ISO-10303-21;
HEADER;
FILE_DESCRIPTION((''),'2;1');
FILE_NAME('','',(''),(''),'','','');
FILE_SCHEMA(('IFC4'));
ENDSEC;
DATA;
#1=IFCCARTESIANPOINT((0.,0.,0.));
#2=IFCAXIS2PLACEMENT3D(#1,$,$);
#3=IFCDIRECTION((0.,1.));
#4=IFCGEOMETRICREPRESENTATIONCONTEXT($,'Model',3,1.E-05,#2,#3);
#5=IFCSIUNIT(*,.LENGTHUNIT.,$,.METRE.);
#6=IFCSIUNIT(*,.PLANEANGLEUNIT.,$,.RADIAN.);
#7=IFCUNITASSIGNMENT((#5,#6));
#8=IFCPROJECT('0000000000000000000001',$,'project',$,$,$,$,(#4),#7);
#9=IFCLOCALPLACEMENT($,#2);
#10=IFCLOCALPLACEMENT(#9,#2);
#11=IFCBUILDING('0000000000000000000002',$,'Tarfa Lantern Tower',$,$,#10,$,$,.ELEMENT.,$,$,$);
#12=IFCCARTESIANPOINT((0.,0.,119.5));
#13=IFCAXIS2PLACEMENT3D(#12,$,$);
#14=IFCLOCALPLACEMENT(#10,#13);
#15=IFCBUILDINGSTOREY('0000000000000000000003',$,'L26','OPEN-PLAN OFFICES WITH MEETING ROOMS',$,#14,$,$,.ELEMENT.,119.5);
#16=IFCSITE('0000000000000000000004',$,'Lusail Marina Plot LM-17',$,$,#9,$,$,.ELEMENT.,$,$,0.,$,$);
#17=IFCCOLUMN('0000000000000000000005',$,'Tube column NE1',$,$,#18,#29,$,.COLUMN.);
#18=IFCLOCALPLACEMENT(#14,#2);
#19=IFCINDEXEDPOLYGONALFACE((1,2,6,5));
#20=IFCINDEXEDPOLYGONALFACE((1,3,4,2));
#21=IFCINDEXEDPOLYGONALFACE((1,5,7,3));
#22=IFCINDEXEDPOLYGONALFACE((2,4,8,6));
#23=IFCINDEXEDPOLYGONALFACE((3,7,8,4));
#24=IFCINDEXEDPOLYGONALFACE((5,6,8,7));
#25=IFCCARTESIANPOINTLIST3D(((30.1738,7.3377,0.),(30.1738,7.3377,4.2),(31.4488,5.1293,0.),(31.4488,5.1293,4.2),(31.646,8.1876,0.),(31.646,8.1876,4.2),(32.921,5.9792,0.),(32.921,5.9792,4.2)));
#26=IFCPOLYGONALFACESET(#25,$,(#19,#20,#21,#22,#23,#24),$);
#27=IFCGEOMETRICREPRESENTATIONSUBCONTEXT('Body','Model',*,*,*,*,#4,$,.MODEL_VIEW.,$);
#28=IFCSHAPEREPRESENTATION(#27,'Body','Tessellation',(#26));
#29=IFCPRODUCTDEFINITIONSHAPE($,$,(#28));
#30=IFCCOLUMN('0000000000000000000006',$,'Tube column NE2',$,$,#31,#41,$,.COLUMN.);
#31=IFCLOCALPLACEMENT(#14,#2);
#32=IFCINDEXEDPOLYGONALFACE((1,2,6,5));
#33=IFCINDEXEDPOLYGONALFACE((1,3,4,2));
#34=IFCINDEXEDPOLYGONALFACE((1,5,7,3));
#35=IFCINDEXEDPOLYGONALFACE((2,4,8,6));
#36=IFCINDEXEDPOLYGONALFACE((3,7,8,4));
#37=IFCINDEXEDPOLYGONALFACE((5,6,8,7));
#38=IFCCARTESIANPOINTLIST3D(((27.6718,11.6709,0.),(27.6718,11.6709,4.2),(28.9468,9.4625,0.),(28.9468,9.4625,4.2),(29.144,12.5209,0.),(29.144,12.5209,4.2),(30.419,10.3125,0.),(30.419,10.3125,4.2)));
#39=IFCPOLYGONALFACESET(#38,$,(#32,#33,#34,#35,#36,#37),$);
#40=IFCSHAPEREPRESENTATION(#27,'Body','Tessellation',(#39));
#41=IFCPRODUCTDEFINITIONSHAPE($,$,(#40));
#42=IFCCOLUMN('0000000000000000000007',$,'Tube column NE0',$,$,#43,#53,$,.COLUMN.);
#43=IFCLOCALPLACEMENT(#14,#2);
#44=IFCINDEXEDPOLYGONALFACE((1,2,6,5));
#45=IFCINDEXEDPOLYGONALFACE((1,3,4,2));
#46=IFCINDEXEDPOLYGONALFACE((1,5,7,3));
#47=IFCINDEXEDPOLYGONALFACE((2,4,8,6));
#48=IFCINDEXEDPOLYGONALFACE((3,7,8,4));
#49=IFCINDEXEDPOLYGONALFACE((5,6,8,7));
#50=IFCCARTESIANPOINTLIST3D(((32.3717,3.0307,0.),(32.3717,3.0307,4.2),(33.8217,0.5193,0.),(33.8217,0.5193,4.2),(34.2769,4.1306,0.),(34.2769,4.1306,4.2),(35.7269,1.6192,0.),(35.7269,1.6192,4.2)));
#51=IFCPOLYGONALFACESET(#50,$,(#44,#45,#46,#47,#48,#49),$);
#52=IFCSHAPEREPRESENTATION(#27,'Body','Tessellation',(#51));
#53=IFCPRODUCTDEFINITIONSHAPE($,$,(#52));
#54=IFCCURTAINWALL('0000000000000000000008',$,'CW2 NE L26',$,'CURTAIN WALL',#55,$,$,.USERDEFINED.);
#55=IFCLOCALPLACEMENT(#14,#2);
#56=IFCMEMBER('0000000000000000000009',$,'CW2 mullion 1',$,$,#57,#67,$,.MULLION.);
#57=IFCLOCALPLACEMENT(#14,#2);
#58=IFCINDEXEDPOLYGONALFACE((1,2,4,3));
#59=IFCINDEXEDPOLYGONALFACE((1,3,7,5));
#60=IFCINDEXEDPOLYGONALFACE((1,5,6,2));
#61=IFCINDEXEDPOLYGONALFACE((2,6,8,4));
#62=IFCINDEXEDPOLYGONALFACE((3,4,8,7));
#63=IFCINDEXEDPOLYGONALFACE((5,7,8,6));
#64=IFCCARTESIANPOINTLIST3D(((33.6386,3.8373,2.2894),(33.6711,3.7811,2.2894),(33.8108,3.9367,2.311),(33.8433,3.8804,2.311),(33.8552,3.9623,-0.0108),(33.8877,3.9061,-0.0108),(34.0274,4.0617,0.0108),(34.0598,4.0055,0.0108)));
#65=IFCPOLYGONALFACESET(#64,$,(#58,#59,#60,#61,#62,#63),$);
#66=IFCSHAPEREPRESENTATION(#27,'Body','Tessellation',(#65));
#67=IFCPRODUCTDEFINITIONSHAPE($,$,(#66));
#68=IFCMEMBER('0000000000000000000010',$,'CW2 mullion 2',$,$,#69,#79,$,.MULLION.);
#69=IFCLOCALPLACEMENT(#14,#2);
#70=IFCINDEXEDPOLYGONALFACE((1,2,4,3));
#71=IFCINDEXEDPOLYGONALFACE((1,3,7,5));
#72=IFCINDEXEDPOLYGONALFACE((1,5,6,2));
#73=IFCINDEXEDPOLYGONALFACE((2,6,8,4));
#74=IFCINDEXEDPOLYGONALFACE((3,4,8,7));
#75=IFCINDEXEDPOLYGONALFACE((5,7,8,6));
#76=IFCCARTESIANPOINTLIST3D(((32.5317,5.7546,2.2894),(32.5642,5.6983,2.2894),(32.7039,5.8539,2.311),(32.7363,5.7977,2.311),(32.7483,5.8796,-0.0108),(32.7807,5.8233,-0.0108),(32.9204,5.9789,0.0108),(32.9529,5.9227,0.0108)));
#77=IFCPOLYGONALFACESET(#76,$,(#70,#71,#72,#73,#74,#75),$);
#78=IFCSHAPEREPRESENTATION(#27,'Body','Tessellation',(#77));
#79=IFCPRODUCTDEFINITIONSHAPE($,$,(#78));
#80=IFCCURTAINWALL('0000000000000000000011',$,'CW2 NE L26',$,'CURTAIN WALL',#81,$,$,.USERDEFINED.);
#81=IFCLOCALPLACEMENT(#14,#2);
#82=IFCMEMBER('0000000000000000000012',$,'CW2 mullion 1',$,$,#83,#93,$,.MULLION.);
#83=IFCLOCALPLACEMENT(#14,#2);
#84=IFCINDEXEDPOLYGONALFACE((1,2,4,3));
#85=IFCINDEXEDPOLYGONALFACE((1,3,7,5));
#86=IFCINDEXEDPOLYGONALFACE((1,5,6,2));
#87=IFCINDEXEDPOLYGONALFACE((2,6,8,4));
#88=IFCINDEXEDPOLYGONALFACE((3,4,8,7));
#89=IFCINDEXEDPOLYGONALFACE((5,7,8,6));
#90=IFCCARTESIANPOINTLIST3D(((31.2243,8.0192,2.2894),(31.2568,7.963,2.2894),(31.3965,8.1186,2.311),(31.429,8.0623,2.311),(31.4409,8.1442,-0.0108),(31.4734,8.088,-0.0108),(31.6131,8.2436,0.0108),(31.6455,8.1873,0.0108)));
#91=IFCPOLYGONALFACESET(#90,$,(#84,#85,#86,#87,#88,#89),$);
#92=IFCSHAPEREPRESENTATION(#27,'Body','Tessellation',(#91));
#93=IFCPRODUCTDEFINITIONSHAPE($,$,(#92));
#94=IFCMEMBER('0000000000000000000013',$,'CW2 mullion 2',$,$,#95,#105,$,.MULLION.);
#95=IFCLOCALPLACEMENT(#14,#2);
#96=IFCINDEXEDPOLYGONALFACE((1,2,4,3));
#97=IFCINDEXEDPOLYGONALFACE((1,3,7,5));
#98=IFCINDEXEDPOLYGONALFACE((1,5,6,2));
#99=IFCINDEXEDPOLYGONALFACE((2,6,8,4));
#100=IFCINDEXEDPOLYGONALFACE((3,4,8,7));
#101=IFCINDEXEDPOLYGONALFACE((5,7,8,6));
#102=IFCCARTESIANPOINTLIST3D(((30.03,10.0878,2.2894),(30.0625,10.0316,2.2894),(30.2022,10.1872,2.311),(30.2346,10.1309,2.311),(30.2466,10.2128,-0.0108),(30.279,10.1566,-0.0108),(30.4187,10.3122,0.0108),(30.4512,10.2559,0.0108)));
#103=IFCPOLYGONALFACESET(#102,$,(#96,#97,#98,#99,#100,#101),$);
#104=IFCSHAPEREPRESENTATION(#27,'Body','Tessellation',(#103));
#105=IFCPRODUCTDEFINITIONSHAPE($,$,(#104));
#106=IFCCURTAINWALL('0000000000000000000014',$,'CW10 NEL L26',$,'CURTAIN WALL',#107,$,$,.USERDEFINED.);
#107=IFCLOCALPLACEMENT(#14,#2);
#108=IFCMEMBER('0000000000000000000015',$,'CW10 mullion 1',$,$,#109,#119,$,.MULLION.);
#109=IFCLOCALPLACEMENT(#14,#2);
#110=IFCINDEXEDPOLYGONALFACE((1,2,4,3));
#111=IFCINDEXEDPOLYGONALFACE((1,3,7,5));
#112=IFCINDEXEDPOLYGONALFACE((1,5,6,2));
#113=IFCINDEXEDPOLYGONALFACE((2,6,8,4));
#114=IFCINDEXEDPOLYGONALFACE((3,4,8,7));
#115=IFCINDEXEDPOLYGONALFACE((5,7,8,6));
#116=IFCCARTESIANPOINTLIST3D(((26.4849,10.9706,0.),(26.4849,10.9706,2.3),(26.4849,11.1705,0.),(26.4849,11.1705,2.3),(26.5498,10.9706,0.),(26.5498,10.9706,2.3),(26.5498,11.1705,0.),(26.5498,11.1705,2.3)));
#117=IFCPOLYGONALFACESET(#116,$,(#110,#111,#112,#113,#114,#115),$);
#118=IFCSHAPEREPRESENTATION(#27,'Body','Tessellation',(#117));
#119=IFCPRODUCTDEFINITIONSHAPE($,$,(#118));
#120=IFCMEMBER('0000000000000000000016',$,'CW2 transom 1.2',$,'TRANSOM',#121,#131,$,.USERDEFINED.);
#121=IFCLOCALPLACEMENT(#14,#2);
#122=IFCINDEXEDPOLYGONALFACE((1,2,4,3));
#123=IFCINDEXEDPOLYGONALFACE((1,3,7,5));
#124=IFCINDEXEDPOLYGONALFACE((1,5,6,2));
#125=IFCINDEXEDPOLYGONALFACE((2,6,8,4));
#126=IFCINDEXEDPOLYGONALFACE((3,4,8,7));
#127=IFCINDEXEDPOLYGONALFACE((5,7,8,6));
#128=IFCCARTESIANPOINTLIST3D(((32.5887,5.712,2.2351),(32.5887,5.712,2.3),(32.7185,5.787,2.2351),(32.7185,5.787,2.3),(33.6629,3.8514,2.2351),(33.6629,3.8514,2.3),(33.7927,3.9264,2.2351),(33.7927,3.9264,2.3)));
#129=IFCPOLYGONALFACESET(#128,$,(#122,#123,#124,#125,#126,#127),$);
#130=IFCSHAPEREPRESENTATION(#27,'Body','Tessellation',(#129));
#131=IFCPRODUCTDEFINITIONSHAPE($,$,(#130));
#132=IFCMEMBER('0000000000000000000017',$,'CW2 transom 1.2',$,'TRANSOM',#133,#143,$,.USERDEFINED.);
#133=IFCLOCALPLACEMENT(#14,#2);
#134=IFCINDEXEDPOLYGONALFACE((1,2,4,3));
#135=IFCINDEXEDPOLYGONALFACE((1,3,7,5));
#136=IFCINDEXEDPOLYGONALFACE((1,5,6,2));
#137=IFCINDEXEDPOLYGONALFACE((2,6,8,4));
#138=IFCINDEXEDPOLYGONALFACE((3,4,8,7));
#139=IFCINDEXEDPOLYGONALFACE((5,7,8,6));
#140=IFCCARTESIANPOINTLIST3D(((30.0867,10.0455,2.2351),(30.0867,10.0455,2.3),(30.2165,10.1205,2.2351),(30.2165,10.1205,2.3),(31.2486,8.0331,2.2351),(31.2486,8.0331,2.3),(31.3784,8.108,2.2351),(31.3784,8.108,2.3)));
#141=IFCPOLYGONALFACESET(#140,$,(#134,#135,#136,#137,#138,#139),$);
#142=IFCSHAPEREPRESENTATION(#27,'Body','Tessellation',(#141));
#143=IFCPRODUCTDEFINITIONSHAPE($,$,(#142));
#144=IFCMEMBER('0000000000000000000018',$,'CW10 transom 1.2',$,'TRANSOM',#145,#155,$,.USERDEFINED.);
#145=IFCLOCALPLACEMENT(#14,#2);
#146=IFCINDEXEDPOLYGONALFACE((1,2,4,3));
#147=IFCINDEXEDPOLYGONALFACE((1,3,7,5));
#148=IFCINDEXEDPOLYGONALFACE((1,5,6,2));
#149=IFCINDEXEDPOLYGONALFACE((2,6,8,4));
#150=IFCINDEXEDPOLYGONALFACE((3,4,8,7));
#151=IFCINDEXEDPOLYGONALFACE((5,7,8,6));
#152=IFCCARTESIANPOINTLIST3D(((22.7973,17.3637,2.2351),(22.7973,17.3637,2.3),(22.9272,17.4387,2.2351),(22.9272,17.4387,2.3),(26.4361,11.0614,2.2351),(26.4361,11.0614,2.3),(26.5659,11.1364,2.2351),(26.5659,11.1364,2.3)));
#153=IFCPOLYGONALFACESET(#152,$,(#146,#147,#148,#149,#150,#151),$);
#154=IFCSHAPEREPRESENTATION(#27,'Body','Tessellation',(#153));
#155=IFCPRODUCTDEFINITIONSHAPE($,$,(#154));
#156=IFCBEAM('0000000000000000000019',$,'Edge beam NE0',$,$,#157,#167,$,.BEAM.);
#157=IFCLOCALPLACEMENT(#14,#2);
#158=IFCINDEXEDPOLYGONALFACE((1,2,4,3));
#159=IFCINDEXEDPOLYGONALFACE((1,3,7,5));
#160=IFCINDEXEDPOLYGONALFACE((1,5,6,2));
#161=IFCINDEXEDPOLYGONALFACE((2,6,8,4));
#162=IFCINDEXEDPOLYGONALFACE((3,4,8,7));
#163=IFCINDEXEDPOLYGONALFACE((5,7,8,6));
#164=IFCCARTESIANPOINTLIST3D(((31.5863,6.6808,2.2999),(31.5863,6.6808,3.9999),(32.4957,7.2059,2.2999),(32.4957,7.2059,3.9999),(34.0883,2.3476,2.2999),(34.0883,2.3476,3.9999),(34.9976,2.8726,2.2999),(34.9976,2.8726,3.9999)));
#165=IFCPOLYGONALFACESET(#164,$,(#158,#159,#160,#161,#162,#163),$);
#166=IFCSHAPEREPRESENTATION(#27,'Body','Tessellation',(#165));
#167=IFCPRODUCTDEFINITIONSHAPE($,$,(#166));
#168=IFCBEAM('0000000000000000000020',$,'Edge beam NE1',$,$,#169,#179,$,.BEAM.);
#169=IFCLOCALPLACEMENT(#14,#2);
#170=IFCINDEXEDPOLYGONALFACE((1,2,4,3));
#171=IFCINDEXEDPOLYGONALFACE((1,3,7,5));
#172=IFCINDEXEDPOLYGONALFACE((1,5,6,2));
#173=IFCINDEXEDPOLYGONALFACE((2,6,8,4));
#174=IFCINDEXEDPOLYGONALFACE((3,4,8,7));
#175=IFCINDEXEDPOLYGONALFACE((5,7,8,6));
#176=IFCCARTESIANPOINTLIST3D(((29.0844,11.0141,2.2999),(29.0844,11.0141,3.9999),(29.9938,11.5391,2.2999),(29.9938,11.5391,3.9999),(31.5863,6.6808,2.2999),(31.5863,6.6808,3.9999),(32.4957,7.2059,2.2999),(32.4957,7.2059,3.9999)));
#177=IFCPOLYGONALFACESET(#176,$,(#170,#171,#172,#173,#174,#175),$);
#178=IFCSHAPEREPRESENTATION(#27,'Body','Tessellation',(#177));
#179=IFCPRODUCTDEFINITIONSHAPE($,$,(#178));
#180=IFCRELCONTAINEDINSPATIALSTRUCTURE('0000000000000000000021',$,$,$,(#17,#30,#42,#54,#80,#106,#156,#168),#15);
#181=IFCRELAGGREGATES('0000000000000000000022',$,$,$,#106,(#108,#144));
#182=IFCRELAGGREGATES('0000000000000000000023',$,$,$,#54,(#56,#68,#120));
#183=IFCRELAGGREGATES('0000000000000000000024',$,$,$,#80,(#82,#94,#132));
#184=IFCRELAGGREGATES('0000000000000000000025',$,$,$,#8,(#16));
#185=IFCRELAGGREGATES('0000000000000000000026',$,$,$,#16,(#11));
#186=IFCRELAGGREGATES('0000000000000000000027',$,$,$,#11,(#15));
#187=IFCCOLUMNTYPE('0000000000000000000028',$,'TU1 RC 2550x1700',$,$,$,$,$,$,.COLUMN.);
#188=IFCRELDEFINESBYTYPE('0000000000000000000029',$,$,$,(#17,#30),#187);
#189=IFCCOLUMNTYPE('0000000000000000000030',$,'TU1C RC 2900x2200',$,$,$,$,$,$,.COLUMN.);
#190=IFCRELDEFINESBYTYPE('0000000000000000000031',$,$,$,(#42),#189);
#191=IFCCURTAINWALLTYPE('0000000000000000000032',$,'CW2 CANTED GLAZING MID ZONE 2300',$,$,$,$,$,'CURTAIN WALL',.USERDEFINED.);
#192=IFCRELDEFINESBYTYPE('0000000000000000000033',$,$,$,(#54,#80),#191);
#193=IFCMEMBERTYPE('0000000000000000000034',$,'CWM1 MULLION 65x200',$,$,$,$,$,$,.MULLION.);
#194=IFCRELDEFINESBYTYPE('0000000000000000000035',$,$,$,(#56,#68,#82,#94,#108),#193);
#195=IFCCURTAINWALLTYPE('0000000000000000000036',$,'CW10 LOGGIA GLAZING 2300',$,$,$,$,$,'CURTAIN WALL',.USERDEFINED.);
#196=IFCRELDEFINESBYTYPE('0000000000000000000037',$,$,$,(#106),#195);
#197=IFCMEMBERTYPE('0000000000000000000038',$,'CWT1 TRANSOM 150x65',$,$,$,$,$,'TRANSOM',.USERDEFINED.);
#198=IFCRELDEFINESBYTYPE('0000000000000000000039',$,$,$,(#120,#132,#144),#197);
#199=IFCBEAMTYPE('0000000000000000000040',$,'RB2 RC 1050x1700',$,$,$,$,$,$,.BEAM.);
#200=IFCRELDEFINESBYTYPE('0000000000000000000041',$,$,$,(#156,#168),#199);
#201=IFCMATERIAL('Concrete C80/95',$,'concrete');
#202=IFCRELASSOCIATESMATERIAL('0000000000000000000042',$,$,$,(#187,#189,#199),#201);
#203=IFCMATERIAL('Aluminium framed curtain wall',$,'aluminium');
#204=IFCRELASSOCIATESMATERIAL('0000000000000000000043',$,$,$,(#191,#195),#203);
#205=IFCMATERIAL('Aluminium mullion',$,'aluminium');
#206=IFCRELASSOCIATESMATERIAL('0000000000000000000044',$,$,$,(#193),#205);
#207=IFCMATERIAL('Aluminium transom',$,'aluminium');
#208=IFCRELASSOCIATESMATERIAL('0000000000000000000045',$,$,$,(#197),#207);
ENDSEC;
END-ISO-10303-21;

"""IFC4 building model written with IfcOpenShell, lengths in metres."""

from ifc_helpers import new_model, si_unit, direction, frame, origin, origin_2d, place, context, subcontext, project, spatial, rectangle, extrude, material, material_profile, profile_set, type_object, element, aggregate, save


model = new_model("IFC4")

# Units and contexts
model_context = context("Model", 3, precision=1e-05, world=origin(), true_north=direction((0.0, 1.0)))
body_context = subcontext(model_context, "Body", "Model", "MODEL_VIEW")
ifc_project = project(units=[si_unit("LENGTHUNIT", "METRE"), si_unit("PLANEANGLEUNIT", "RADIAN")], contexts=[model_context])

# Site, building, storey
site_placement = place(None, origin())
site = spatial("IfcSite", under=ifc_project, at=site_placement, Name="Lusail Marina Plot LM-17", CompositionType="ELEMENT", RefElevation=0.0)
building_placement = place(site_placement, origin())
building = spatial("IfcBuilding", under=site, at=building_placement, Name="Tarfa Lantern Tower", CompositionType="ELEMENT")
storey_placement = place(building_placement, frame((0.0, 0.0, 119.5)))
storey = spatial("IfcBuildingStorey", under=building, at=storey_placement, Name="L26", Description="OPEN-PLAN OFFICES WITH MEETING ROOMS", CompositionType="ELEMENT", Elevation=119.5)

# Columns
ifc_material_1 = material(Name="Concrete C80/95", Category="concrete")
ifc_material_profile_1 = material_profile(ifc_material_1, rectangle(XDim=2.55, YDim=1.7, at=origin_2d()), Name="RC 2550x1700")
ifc_profile_set_1 = profile_set([ifc_material_profile_1], Name="Concrete C80/95")
column_type_1 = type_object("IfcColumnType", Name="TU1 RC 2550x1700", PredefinedType="COLUMN", material=ifc_profile_set_1)
for number, where, z_axis, x_axis, name in (
    (1, (31.5474, 6.6584, 0.0), (0.0, 0.0, 1.0), (-0.5, 0.866025, 0.0), "Tube column NE1"),
    (2, (29.0454, 10.9917, 0.0), (0.0, 0.0, 1.0), (-0.5, 0.866025, 0.0), "Tube column NE2"),
):
    element("IfcColumn", number, at=place(storey_placement, frame(where, z_axis=z_axis, x_axis=x_axis)), inside=storey, type_object=column_type_1, Name=name, PredefinedType="COLUMN", context=body_context, shape_type="SweptSolid", body=[
        extrude(rectangle(XDim=2.55, YDim=1.7, at=origin_2d()), origin(), (0.0, 0.0, 1.0), 4.2),
    ])
ifc_material_profile_2 = material_profile(ifc_material_1, rectangle(XDim=2.8999, YDim=2.2, at=origin_2d()), Name="RC 2900x2200")
ifc_profile_set_2 = profile_set([ifc_material_profile_2], Name="Concrete C80/95")
column_type_2 = type_object("IfcColumnType", Name="TU1C RC 2900x2200", PredefinedType="COLUMN", material=ifc_profile_set_2)
column_placement = place(storey_placement, frame((34.0493, 2.325, 0.0), z_axis=(0.0, 0.0, 1.0), x_axis=(-0.5, 0.866025, 0.0)))
element("IfcColumn", 3, at=column_placement, inside=storey, type_object=column_type_2, Name="Tube column NE0", PredefinedType="COLUMN", context=body_context, shape_type="SweptSolid", body=[
    extrude(rectangle(XDim=2.8999, YDim=2.2, at=origin_2d()), origin(), (0.0, 0.0, 1.0), 4.2),
])

# Curtain walls, members
ifc_material_2 = material(Name="Aluminium framed curtain wall", Category="aluminium")
curtain_wall_type_1 = type_object("IfcCurtainWallType", Name="CW2 CANTED GLAZING MID ZONE 2300", ElementType="CURTAIN WALL", PredefinedType="USERDEFINED", material=ifc_material_2)
curtain_wall_1_placement = place(storey_placement, origin())
curtain_wall_1 = element("IfcCurtainWall", 4, at=curtain_wall_1_placement, inside=storey, type_object=curtain_wall_type_1, Name="CW2 NE L26", ObjectType="CURTAIN WALL", PredefinedType="USERDEFINED")
ifc_material_3 = material(Name="Aluminium mullion", Category="aluminium")
ifc_material_profile_3 = material_profile(ifc_material_3, rectangle(XDim=0.0649, YDim=0.2, at=origin_2d()), Name="AL MULLION 65x200")
ifc_profile_set_3 = profile_set([ifc_material_profile_3], Name="Aluminium mullion")
member_type_1 = type_object("IfcMemberType", Name="CWM1 MULLION 65x200", PredefinedType="MULLION", material=ifc_profile_set_3)
member_1_placement = place(storey_placement, frame((33.9575, 3.9839, 0.0), z_axis=(-0.0936, -0.054028, 0.994143), x_axis=(0.49992, -0.866072, 0.0)))
member_1 = element("IfcMember", 5, at=member_1_placement, type_object=member_type_1, Name="CW2 mullion 1", PredefinedType="MULLION", context=body_context, shape_type="SweptSolid", body=[
    extrude(rectangle(XDim=0.0649, YDim=0.2, at=origin_2d()), origin(), (0.0, 0.0, 1.0), 2.3137),
])
member_2_placement = place(storey_placement, frame((32.8506, 5.9011, 0.0), z_axis=(-0.0936, -0.054028, 0.994143), x_axis=(0.49992, -0.866072, 0.0)))
member_2 = element("IfcMember", 6, at=member_2_placement, type_object=member_type_1, Name="CW2 mullion 2", PredefinedType="MULLION", context=body_context, shape_type="SweptSolid", body=[
    extrude(rectangle(XDim=0.0649, YDim=0.2, at=origin_2d()), origin(), (0.0, 0.0, 1.0), 2.3137),
])
curtain_wall_2_placement = place(storey_placement, origin())
curtain_wall_2 = element("IfcCurtainWall", 7, at=curtain_wall_2_placement, inside=storey, type_object=curtain_wall_type_1, Name="CW2 NE L26", ObjectType="CURTAIN WALL", PredefinedType="USERDEFINED")
member_3_placement = place(storey_placement, frame((31.5432, 8.1658, 0.0), z_axis=(-0.0936, -0.054028, 0.994143), x_axis=(0.49992, -0.866072, 0.0)))
member_3 = element("IfcMember", 8, at=member_3_placement, type_object=member_type_1, Name="CW2 mullion 1", PredefinedType="MULLION", context=body_context, shape_type="SweptSolid", body=[
    extrude(rectangle(XDim=0.0649, YDim=0.2, at=origin_2d()), origin(), (0.0, 0.0, 1.0), 2.3137),
])
member_4_placement = place(storey_placement, frame((30.3489, 10.2344, 0.0), z_axis=(-0.0936, -0.054028, 0.994143), x_axis=(0.49992, -0.866072, 0.0)))
member_4 = element("IfcMember", 9, at=member_4_placement, type_object=member_type_1, Name="CW2 mullion 2", PredefinedType="MULLION", context=body_context, shape_type="SweptSolid", body=[
    extrude(rectangle(XDim=0.0649, YDim=0.2, at=origin_2d()), origin(), (0.0, 0.0, 1.0), 2.3137),
])

# Curtain wall, member
curtain_wall_type_2 = type_object("IfcCurtainWallType", Name="CW10 LOGGIA GLAZING 2300", ElementType="CURTAIN WALL", PredefinedType="USERDEFINED", material=ifc_material_2)
curtain_wall_3_placement = place(storey_placement, origin())
curtain_wall_3 = element("IfcCurtainWall", 10, at=curtain_wall_3_placement, inside=storey, type_object=curtain_wall_type_2, Name="CW10 NEL L26", ObjectType="CURTAIN WALL", PredefinedType="USERDEFINED")
member_5_placement = place(storey_placement, frame((26.5173, 11.0706, 0.0), z_axis=(0.0, 0.0, 1.0), x_axis=(1.0, 0.0, 0.0)))
member_5 = element("IfcMember", 11, at=member_5_placement, type_object=member_type_1, Name="CW10 mullion 1", PredefinedType="MULLION", context=body_context, shape_type="SweptSolid", body=[
    extrude(rectangle(XDim=0.0649, YDim=0.2, at=origin_2d()), origin(), (0.0, 0.0, 1.0), 2.3),
])

# Members
ifc_material_4 = material(Name="Aluminium transom", Category="aluminium")
ifc_material_profile_4 = material_profile(ifc_material_4, rectangle(XDim=0.1499, YDim=0.0649, at=origin_2d()), Name="AL TRANSOM 150x65")
ifc_profile_set_4 = profile_set([ifc_material_profile_4], Name="Aluminium transom")
member_type_2 = type_object("IfcMemberType", Name="CWT1 TRANSOM 150x65", ElementType="TRANSOM", PredefinedType="USERDEFINED", material=ifc_profile_set_4)
member_6_placement = place(storey_placement, frame((33.7278, 3.8889, 2.2676), z_axis=(-0.500001, 0.866025, 0.0), x_axis=(-0.866025, -0.500001, 0.0)))
member_6 = element("IfcMember", 12, at=member_6_placement, type_object=member_type_2, Name="CW2 transom 1.2", ObjectType="TRANSOM", PredefinedType="USERDEFINED", context=body_context, shape_type="SweptSolid", body=[
    extrude(rectangle(XDim=0.1499, YDim=0.0649, at=origin_2d()), origin(), (0.0, 0.0, 1.0), 2.1484),
])
member_7_placement = place(storey_placement, frame((31.3135, 8.0706, 2.2676), z_axis=(-0.499992, 0.86603, 0.0), x_axis=(-0.86603, -0.499992, 0.0)))
member_7 = element("IfcMember", 13, at=member_7_placement, type_object=member_type_2, Name="CW2 transom 1.2", ObjectType="TRANSOM", PredefinedType="USERDEFINED", context=body_context, shape_type="SweptSolid", body=[
    extrude(rectangle(XDim=0.1499, YDim=0.0649, at=origin_2d()), origin(), (0.0, 0.0, 1.0), 2.3237),
])
member_8_placement = place(storey_placement, frame((26.501, 11.0989, 2.2676), z_axis=(-0.500007, 0.866021, 0.0), x_axis=(-0.866021, -0.500007, 0.0)))
member_8 = element("IfcMember", 14, at=member_8_placement, type_object=member_type_2, Name="CW10 transom 1.2", ObjectType="TRANSOM", PredefinedType="USERDEFINED", context=body_context, shape_type="SweptSolid", body=[
    extrude(rectangle(XDim=0.1499, YDim=0.0649, at=origin_2d()), origin(), (0.0, 0.0, 1.0), 7.2773),
])
aggregate(curtain_wall_3, [member_5, member_8])

# Beams
ifc_material_profile_5 = material_profile(ifc_material_1, rectangle(XDim=1.05, YDim=1.7, at=origin_2d()), Name="RC 1050x1700")
ifc_profile_set_5 = profile_set([ifc_material_profile_5], Name="Concrete C80/95")
beam_type_1 = type_object("IfcBeamType", Name="RB2 RC 1050x1700", PredefinedType="BEAM", material=ifc_profile_set_5)
for number, where, z_axis, x_axis, name in (
    (15, (34.543, 2.6101, 3.1499), (-0.500022, 0.866013, 0.0), (-0.866013, -0.500022, 0.0), "Edge beam NE0"),
    (16, (32.041, 6.9434, 3.1499), (-0.500022, 0.866013, 0.0), (-0.866013, -0.500022, 0.0), "Edge beam NE1"),
):
    element("IfcBeam", number, at=place(storey_placement, frame(where, z_axis=z_axis, x_axis=x_axis)), inside=storey, type_object=beam_type_1, Name=name, PredefinedType="BEAM", context=body_context, shape_type="SweptSolid", body=[
        extrude(rectangle(XDim=1.05, YDim=1.7, at=origin_2d()), origin(), (0.0, 0.0, 1.0), 5.0037),
    ])

aggregate(curtain_wall_1, [member_1, member_2, member_6])
aggregate(curtain_wall_2, [member_3, member_4, member_7])

save(model, "model.ifc")
